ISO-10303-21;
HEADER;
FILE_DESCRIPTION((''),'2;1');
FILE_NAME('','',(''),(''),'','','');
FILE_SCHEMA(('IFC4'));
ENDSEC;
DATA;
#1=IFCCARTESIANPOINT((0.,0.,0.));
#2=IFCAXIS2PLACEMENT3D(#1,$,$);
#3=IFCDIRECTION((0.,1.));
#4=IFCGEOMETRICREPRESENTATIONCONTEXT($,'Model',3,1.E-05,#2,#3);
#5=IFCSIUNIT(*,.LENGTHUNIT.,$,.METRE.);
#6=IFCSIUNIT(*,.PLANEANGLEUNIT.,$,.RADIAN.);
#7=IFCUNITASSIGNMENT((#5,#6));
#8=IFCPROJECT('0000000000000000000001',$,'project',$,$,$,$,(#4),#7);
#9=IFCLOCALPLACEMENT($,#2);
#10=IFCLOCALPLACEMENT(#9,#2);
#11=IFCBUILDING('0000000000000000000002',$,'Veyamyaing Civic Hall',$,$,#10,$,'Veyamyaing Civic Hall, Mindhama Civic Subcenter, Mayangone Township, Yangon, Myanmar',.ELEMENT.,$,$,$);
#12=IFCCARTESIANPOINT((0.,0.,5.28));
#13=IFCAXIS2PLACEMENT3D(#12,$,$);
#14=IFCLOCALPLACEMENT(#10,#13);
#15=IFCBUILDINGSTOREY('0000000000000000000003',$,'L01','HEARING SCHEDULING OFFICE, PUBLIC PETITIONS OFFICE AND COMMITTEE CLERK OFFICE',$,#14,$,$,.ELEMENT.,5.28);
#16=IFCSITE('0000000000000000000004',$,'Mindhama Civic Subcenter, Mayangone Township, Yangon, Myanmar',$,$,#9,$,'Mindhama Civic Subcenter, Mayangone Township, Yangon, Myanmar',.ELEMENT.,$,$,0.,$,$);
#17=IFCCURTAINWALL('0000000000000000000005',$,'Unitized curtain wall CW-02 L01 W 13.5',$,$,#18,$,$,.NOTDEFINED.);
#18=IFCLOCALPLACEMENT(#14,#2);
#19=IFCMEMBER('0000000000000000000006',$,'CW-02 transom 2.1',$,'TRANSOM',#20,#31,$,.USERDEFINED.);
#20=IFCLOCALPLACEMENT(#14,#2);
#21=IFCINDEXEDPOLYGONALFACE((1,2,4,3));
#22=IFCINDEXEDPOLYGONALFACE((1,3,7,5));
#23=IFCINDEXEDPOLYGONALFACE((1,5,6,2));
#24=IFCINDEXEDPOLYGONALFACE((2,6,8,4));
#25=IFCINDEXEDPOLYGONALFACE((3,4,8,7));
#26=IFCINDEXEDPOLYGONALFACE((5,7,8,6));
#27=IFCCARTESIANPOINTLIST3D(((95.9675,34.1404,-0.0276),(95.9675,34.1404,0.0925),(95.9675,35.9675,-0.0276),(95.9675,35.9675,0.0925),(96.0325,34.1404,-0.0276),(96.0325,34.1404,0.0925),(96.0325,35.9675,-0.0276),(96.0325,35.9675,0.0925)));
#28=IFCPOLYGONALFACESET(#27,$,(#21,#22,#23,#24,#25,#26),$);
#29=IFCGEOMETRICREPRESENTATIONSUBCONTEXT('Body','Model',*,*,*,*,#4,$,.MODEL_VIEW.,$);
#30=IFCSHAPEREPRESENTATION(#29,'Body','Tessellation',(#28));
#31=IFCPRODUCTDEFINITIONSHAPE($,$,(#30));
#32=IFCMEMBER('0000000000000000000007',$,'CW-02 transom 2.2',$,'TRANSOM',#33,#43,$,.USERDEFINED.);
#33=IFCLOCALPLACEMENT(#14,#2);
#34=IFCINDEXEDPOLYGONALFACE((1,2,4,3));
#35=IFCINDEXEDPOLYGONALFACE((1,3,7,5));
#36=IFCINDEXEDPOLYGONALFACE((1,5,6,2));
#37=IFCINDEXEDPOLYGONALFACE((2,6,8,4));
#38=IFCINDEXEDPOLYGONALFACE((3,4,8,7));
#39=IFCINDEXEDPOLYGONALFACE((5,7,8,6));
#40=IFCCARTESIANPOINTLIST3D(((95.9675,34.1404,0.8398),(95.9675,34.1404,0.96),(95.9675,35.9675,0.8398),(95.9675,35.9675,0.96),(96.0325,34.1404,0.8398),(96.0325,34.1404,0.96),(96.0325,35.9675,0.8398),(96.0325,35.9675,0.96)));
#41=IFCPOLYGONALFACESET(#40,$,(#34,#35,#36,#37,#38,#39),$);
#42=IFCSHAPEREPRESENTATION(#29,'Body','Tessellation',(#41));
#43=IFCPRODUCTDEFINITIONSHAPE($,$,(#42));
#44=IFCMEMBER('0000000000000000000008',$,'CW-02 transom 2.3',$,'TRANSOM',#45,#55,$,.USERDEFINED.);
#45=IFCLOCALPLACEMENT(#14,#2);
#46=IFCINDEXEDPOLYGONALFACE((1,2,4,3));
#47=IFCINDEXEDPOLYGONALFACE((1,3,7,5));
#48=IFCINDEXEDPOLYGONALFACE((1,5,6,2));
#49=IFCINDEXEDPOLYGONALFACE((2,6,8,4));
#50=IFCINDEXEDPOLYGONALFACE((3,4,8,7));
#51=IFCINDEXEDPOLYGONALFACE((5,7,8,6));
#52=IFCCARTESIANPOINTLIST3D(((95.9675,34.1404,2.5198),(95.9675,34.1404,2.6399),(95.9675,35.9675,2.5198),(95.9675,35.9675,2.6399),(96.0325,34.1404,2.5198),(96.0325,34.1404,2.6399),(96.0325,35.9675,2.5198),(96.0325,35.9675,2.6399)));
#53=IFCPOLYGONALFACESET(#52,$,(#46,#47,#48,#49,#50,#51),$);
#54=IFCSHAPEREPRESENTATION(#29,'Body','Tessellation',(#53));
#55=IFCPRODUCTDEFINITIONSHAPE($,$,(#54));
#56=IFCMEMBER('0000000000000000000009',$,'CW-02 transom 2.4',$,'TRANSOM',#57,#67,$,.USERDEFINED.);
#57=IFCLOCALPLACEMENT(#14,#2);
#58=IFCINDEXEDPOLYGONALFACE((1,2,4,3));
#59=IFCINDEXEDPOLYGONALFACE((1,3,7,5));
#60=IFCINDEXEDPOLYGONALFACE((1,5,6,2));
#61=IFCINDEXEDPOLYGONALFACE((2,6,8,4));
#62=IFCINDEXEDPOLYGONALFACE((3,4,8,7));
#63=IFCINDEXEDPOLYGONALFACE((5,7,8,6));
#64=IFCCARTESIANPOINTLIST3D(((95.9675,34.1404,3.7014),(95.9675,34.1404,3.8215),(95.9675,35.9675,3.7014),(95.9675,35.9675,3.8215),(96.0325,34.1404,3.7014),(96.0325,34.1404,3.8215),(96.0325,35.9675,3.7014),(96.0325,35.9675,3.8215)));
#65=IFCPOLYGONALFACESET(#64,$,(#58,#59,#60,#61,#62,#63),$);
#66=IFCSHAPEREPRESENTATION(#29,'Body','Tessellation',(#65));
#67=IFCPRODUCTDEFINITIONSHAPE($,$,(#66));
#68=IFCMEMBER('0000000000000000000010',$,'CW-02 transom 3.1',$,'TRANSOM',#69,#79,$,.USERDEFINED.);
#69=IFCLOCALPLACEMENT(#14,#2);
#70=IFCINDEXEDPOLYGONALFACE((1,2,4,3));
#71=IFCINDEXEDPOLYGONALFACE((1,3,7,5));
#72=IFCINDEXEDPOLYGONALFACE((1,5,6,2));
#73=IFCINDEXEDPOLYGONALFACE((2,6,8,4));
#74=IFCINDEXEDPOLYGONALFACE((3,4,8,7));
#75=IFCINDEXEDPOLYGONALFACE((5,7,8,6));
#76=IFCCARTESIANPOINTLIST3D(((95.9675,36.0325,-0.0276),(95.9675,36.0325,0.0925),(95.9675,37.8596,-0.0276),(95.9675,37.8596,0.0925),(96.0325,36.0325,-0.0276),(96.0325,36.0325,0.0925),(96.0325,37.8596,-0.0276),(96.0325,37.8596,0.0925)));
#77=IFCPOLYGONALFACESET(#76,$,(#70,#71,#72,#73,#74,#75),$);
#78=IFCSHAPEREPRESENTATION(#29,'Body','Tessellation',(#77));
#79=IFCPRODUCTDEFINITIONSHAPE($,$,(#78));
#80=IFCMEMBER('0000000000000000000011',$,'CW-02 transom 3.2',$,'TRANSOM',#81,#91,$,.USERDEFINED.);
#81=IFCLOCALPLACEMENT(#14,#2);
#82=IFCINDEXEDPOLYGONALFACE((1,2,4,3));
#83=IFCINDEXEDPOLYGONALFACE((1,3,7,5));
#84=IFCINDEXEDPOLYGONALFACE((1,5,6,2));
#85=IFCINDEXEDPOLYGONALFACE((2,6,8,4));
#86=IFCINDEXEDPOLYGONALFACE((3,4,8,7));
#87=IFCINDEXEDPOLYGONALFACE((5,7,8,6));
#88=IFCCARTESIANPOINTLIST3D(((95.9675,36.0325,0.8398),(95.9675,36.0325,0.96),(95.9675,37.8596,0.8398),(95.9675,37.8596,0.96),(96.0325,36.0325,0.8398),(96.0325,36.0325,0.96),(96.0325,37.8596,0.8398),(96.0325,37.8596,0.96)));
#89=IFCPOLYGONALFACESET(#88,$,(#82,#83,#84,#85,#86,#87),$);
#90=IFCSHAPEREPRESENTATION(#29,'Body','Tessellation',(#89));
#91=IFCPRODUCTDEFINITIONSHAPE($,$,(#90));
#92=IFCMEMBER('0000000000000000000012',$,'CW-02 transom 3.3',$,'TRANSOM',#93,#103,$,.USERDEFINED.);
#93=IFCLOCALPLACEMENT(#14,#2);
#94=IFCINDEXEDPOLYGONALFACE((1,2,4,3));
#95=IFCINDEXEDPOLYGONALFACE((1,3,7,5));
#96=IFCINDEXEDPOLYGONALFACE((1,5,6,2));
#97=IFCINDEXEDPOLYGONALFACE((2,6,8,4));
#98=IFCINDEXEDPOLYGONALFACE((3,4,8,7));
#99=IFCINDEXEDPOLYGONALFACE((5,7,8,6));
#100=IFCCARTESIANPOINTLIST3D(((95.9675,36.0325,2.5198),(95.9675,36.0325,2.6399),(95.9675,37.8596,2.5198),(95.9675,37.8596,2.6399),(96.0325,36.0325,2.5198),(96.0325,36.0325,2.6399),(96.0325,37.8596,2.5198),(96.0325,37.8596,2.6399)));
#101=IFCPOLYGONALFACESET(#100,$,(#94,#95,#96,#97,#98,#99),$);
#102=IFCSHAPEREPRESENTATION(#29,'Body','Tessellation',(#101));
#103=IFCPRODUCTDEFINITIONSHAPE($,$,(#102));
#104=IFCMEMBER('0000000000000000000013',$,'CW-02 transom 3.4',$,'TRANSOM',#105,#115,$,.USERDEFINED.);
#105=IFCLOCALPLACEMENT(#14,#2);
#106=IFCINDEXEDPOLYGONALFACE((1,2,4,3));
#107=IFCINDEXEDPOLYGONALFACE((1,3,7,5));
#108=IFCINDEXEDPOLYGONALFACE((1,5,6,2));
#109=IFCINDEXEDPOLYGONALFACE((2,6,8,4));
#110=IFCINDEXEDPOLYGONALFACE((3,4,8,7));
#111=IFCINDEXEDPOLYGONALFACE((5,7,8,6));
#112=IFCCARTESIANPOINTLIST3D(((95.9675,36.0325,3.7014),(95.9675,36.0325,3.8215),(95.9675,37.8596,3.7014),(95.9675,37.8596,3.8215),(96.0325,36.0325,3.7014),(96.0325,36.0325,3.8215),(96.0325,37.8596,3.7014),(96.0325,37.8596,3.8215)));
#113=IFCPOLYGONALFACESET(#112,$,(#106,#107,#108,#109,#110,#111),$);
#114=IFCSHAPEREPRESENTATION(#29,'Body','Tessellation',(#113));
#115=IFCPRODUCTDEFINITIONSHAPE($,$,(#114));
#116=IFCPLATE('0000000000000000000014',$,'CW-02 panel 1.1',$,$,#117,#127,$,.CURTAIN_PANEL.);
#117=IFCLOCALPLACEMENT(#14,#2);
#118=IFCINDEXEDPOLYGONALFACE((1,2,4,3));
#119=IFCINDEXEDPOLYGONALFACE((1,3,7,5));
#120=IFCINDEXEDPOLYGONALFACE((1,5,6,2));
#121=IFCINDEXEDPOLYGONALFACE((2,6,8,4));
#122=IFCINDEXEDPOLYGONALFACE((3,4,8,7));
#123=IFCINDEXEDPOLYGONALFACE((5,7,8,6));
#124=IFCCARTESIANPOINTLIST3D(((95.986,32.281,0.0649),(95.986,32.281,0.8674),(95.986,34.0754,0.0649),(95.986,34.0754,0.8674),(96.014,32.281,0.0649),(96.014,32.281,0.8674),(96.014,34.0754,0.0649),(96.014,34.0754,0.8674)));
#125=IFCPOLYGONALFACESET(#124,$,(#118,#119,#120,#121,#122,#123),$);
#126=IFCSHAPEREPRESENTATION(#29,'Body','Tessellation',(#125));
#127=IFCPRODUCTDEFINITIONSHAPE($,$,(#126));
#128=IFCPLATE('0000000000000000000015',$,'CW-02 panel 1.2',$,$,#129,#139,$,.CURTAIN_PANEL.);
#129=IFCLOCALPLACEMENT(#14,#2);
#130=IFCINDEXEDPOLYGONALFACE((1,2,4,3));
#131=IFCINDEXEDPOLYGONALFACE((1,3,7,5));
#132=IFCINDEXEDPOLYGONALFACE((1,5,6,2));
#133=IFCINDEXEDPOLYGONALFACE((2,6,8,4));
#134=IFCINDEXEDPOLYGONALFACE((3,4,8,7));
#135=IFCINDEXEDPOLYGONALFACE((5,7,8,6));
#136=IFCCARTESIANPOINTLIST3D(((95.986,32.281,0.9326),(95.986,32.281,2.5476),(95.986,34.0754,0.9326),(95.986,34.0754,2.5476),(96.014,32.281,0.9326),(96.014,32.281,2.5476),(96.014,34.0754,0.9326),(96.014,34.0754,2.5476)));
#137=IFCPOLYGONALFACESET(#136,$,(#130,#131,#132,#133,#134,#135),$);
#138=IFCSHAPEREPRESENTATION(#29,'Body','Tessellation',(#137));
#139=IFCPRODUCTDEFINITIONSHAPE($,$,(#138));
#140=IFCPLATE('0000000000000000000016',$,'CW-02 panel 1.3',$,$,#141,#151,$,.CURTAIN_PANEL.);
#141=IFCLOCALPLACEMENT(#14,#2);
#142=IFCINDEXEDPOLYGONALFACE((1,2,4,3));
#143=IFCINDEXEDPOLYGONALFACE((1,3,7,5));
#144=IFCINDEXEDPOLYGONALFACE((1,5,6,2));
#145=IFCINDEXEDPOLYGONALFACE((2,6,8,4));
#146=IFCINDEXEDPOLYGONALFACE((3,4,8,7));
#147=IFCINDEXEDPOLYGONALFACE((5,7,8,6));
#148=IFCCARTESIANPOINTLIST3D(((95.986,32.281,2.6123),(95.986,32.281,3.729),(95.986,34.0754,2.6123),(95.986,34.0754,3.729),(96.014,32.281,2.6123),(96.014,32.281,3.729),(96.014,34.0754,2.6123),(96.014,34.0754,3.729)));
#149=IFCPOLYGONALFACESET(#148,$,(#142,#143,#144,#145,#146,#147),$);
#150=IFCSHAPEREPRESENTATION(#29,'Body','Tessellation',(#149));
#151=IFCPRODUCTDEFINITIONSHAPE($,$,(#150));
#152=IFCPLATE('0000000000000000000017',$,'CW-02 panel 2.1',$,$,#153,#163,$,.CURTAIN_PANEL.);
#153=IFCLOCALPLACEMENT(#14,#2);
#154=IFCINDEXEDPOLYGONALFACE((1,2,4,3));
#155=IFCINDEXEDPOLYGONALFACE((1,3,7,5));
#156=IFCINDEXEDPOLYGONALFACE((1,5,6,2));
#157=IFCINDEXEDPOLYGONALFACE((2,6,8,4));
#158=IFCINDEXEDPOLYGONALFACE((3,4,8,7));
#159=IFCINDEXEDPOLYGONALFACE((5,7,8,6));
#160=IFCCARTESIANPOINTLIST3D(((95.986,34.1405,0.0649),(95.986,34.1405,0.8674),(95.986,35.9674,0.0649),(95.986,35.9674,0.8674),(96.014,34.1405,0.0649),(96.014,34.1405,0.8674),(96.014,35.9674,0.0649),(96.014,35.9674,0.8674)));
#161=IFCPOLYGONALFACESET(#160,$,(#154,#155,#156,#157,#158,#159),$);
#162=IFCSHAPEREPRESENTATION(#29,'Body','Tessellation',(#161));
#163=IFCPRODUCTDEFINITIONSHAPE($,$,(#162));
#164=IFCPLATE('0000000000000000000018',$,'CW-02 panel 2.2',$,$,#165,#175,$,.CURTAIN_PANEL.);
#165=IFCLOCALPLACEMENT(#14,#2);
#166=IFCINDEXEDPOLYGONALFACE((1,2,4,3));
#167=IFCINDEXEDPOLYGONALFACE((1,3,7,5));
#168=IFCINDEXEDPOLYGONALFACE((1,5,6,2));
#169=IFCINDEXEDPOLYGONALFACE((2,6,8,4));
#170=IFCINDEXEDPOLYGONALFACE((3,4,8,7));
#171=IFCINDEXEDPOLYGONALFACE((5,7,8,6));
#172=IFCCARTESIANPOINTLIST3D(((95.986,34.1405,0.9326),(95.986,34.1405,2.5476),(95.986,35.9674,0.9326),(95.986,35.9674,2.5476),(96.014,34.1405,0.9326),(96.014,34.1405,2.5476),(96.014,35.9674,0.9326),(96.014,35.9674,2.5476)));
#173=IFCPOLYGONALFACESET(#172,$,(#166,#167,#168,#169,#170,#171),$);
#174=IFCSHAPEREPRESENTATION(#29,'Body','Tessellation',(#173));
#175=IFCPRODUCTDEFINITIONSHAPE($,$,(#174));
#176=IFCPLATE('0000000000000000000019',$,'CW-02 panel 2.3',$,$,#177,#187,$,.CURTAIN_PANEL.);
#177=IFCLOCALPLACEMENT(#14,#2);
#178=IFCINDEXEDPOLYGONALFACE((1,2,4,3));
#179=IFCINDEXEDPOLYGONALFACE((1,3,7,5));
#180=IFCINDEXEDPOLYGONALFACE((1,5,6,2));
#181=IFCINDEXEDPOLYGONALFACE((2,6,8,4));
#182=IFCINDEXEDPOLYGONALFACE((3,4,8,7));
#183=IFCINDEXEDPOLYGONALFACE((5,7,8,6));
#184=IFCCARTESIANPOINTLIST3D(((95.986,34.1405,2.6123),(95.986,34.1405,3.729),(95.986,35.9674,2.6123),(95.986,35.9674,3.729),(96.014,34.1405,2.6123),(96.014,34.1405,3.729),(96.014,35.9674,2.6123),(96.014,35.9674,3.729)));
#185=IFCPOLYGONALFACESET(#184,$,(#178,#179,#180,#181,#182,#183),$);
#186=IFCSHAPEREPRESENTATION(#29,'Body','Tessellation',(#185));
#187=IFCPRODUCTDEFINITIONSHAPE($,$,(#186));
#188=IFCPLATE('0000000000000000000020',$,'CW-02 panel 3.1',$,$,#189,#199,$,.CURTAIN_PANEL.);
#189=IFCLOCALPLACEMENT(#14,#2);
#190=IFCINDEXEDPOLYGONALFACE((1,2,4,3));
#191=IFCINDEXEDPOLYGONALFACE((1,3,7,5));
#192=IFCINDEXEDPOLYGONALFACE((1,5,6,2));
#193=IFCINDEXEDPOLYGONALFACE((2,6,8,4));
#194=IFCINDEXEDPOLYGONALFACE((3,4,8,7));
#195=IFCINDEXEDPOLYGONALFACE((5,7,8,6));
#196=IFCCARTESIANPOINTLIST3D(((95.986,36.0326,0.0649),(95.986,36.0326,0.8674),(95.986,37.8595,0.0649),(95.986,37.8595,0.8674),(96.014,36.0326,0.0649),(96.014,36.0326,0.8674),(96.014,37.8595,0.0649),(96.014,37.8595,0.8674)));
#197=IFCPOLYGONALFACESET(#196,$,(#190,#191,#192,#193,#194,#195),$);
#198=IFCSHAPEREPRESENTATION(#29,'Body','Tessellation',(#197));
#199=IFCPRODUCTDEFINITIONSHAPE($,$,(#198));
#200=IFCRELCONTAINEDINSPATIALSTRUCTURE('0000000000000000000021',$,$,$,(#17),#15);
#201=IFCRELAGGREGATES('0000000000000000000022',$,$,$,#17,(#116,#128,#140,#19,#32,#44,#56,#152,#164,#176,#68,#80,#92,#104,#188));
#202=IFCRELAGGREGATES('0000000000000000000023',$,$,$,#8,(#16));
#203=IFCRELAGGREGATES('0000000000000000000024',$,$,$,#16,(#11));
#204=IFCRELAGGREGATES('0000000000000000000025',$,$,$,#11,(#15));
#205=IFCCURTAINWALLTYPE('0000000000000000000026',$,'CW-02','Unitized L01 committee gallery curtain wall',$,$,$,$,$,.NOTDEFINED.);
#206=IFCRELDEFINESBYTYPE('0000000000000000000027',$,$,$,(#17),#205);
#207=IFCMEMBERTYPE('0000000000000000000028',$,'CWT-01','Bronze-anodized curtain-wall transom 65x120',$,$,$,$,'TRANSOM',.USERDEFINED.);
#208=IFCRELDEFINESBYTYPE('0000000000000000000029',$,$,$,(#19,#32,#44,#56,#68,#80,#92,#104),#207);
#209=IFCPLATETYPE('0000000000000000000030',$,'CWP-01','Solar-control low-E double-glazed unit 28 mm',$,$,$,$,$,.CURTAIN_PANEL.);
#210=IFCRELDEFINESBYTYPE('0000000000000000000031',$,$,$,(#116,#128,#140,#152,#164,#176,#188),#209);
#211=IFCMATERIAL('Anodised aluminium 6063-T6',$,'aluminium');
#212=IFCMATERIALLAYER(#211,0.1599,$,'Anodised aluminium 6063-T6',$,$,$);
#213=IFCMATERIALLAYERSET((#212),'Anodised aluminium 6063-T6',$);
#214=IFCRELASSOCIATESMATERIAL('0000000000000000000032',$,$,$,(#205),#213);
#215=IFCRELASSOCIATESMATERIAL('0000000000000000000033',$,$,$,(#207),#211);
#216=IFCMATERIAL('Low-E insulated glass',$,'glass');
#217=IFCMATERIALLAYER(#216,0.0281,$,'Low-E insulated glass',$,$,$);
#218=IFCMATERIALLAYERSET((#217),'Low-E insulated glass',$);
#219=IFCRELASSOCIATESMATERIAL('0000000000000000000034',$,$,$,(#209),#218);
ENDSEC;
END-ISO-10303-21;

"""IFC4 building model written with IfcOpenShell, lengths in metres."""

from ifc_helpers import new_model, si_unit, direction, frame, origin, origin_2d, place, context, subcontext, project, spatial, rectangle, extrude, material, layer, layer_set, material_profile, profile_set, type_object, element, aggregate, save


model = new_model("IFC4")

# Units and contexts
model_context = context("Model", 3, precision=1e-05, world=origin(), true_north=direction((0.0, 1.0)))
body_context = subcontext(model_context, "Body", "Model", "MODEL_VIEW")
ifc_project = project(units=[si_unit("LENGTHUNIT", "METRE"), si_unit("PLANEANGLEUNIT", "RADIAN")], contexts=[model_context])

# Site, building, storey
site_placement = place(None, origin())
site = spatial("IfcSite", under=ifc_project, at=site_placement, Name="Mindhama Civic Subcenter, Mayangone Township, Yangon, Myanmar", LongName="Mindhama Civic Subcenter, Mayangone Township, Yangon, Myanmar", CompositionType="ELEMENT", RefElevation=0.0)
building_placement = place(site_placement, origin())
building = spatial("IfcBuilding", under=site, at=building_placement, Name="Veyamyaing Civic Hall", LongName="Veyamyaing Civic Hall, Mindhama Civic Subcenter, Mayangone Township, Yangon, Myanmar", CompositionType="ELEMENT")
storey_placement = place(building_placement, frame((0.0, 0.0, 5.28)))
storey = spatial("IfcBuildingStorey", under=building, at=storey_placement, Name="L01", Description="HEARING SCHEDULING OFFICE, PUBLIC PETITIONS OFFICE AND COMMITTEE CLERK OFFICE", CompositionType="ELEMENT", Elevation=5.28)

# Curtain wall, members, plates
ifc_material_1 = material(Name="Anodised aluminium 6063-T6", Category="aluminium")
ifc_layer_1 = layer(ifc_material_1, 0.1599, Name="Anodised aluminium 6063-T6")
ifc_layer_set_1 = layer_set([ifc_layer_1], Name="Anodised aluminium 6063-T6")
curtain_wall_type = type_object("IfcCurtainWallType", Name="CW-02", Description="Unitized L01 committee gallery curtain wall", PredefinedType="NOTDEFINED", material=ifc_layer_set_1)
curtain_wall_placement = place(storey_placement, origin())
curtain_wall = element("IfcCurtainWall", 1, at=curtain_wall_placement, inside=storey, type_object=curtain_wall_type, Name="Unitized curtain wall CW-02 L01 W 13.5", PredefinedType="NOTDEFINED")
ifc_material_profile_1 = material_profile(ifc_material_1, rectangle(XDim=0.0649, YDim=0.1201, at=origin_2d()), Name="ALU-TRN-65X120")
ifc_profile_set_1 = profile_set([ifc_material_profile_1], Name="Anodised aluminium 6063-T6")
member_type_1 = type_object("IfcMemberType", Name="CWT-01", Description="Bronze-anodized curtain-wall transom 65x120", ElementType="TRANSOM", PredefinedType="USERDEFINED", material=ifc_profile_set_1)
member_1_placement = place(storey_placement, frame((96.0, 34.1404, 0.0325), z_axis=(0.0, 1.0, 0.0), x_axis=(-1.0, 0.0, 0.0)))
member_1 = element("IfcMember", 2, at=member_1_placement, type_object=member_type_1, Name="CW-02 transom 2.1", ObjectType="TRANSOM", PredefinedType="USERDEFINED", context=body_context, shape_type="SweptSolid", body=[
    extrude(rectangle(XDim=0.0649, YDim=0.1201, at=origin_2d()), origin(), (0.0, 0.0, 1.0), 1.8271),
])
member_2_placement = place(storey_placement, frame((96.0, 34.1404, 0.8999), z_axis=(0.0, 1.0, 0.0), x_axis=(-1.0, 0.0, 0.0)))
member_2 = element("IfcMember", 3, at=member_2_placement, type_object=member_type_1, Name="CW-02 transom 2.2", ObjectType="TRANSOM", PredefinedType="USERDEFINED", context=body_context, shape_type="SweptSolid", body=[
    extrude(rectangle(XDim=0.0649, YDim=0.1201, at=origin_2d()), origin(), (0.0, 0.0, 1.0), 1.8271),
])
member_3_placement = place(storey_placement, frame((96.0, 34.1404, 2.5798), z_axis=(0.0, 1.0, 0.0), x_axis=(-1.0, 0.0, 0.0)))
member_3 = element("IfcMember", 4, at=member_3_placement, type_object=member_type_1, Name="CW-02 transom 2.3", ObjectType="TRANSOM", PredefinedType="USERDEFINED", context=body_context, shape_type="SweptSolid", body=[
    extrude(rectangle(XDim=0.0649, YDim=0.1201, at=origin_2d()), origin(), (0.0, 0.0, 1.0), 1.8271),
])
member_4_placement = place(storey_placement, frame((96.0, 34.1404, 3.7615), z_axis=(0.0, 1.0, 0.0), x_axis=(-1.0, 0.0, 0.0)))
member_4 = element("IfcMember", 5, at=member_4_placement, type_object=member_type_1, Name="CW-02 transom 2.4", ObjectType="TRANSOM", PredefinedType="USERDEFINED", context=body_context, shape_type="SweptSolid", body=[
    extrude(rectangle(XDim=0.0649, YDim=0.1201, at=origin_2d()), origin(), (0.0, 0.0, 1.0), 1.8271),
])
member_5_placement = place(storey_placement, frame((96.0, 36.0325, 0.0325), z_axis=(0.0, 1.0, 0.0), x_axis=(-1.0, 0.0, 0.0)))
member_5 = element("IfcMember", 6, at=member_5_placement, type_object=member_type_1, Name="CW-02 transom 3.1", ObjectType="TRANSOM", PredefinedType="USERDEFINED", context=body_context, shape_type="SweptSolid", body=[
    extrude(rectangle(XDim=0.0649, YDim=0.1201, at=origin_2d()), origin(), (0.0, 0.0, 1.0), 1.8271),
])
member_6_placement = place(storey_placement, frame((96.0, 36.0325, 0.8999), z_axis=(0.0, 1.0, 0.0), x_axis=(-1.0, 0.0, 0.0)))
member_6 = element("IfcMember", 7, at=member_6_placement, type_object=member_type_1, Name="CW-02 transom 3.2", ObjectType="TRANSOM", PredefinedType="USERDEFINED", context=body_context, shape_type="SweptSolid", body=[
    extrude(rectangle(XDim=0.0649, YDim=0.1201, at=origin_2d()), origin(), (0.0, 0.0, 1.0), 1.8271),
])
member_7_placement = place(storey_placement, frame((96.0, 36.0325, 2.5798), z_axis=(0.0, 1.0, 0.0), x_axis=(-1.0, 0.0, 0.0)))
member_7 = element("IfcMember", 8, at=member_7_placement, type_object=member_type_1, Name="CW-02 transom 3.3", ObjectType="TRANSOM", PredefinedType="USERDEFINED", context=body_context, shape_type="SweptSolid", body=[
    extrude(rectangle(XDim=0.0649, YDim=0.1201, at=origin_2d()), origin(), (0.0, 0.0, 1.0), 1.8271),
])
member_8_placement = place(storey_placement, frame((96.0, 36.0325, 3.7615), z_axis=(0.0, 1.0, 0.0), x_axis=(-1.0, 0.0, 0.0)))
member_8 = element("IfcMember", 9, at=member_8_placement, type_object=member_type_1, Name="CW-02 transom 3.4", ObjectType="TRANSOM", PredefinedType="USERDEFINED", context=body_context, shape_type="SweptSolid", body=[
    extrude(rectangle(XDim=0.0649, YDim=0.1201, at=origin_2d()), origin(), (0.0, 0.0, 1.0), 1.8271),
])
ifc_material_2 = material(Name="Low-E insulated glass", Category="glass")
ifc_layer_2 = layer(ifc_material_2, 0.0281, Name="Low-E insulated glass")
ifc_layer_set_2 = layer_set([ifc_layer_2], Name="Low-E insulated glass")
plate_type = type_object("IfcPlateType", Name="CWP-01", Description="Solar-control low-E double-glazed unit 28 mm", PredefinedType="CURTAIN_PANEL", material=ifc_layer_set_2)
plate_1_placement = place(storey_placement, frame((96.0, 33.1782, 0.0649), z_axis=(0.0, 0.0, 1.0), x_axis=(0.0, 1.0, 0.0)))
plate_1 = element("IfcPlate", 10, at=plate_1_placement, type_object=plate_type, Name="CW-02 panel 1.1", PredefinedType="CURTAIN_PANEL", context=body_context, shape_type="SweptSolid", body=[
    extrude(rectangle(XDim=1.7944, YDim=0.0281, at=origin_2d()), origin(), (0.0, 0.0, 1.0), 0.8025),
])
plate_2_placement = place(storey_placement, frame((96.0, 33.1782, 0.9326), z_axis=(0.0, 0.0, 1.0), x_axis=(0.0, 1.0, 0.0)))
plate_2 = element("IfcPlate", 11, at=plate_2_placement, type_object=plate_type, Name="CW-02 panel 1.2", PredefinedType="CURTAIN_PANEL", context=body_context, shape_type="SweptSolid", body=[
    extrude(rectangle(XDim=1.7944, YDim=0.0281, at=origin_2d()), origin(), (0.0, 0.0, 1.0), 1.615),
])
plate_3_placement = place(storey_placement, frame((96.0, 33.1782, 2.6123), z_axis=(0.0, 0.0, 1.0), x_axis=(0.0, 1.0, 0.0)))
plate_3 = element("IfcPlate", 12, at=plate_3_placement, type_object=plate_type, Name="CW-02 panel 1.3", PredefinedType="CURTAIN_PANEL", context=body_context, shape_type="SweptSolid", body=[
    extrude(rectangle(XDim=1.7944, YDim=0.0281, at=origin_2d()), origin(), (0.0, 0.0, 1.0), 1.1167),
])
plate_4_placement = place(storey_placement, frame((96.0, 35.054, 0.0649), z_axis=(0.0, 0.0, 1.0), x_axis=(0.0, 1.0, 0.0)))
plate_4 = element("IfcPlate", 13, at=plate_4_placement, type_object=plate_type, Name="CW-02 panel 2.1", PredefinedType="CURTAIN_PANEL", context=body_context, shape_type="SweptSolid", body=[
    extrude(rectangle(XDim=1.8269, YDim=0.0281, at=origin_2d()), origin(), (0.0, 0.0, 1.0), 0.8025),
])
plate_5_placement = place(storey_placement, frame((96.0, 35.054, 0.9326), z_axis=(0.0, 0.0, 1.0), x_axis=(0.0, 1.0, 0.0)))
plate_5 = element("IfcPlate", 14, at=plate_5_placement, type_object=plate_type, Name="CW-02 panel 2.2", PredefinedType="CURTAIN_PANEL", context=body_context, shape_type="SweptSolid", body=[
    extrude(rectangle(XDim=1.8269, YDim=0.0281, at=origin_2d()), origin(), (0.0, 0.0, 1.0), 1.615),
])
plate_6_placement = place(storey_placement, frame((96.0, 35.054, 2.6123), z_axis=(0.0, 0.0, 1.0), x_axis=(0.0, 1.0, 0.0)))
plate_6 = element("IfcPlate", 15, at=plate_6_placement, type_object=plate_type, Name="CW-02 panel 2.3", PredefinedType="CURTAIN_PANEL", context=body_context, shape_type="SweptSolid", body=[
    extrude(rectangle(XDim=1.8269, YDim=0.0281, at=origin_2d()), origin(), (0.0, 0.0, 1.0), 1.1167),
])
plate_7_placement = place(storey_placement, frame((96.0, 36.946, 0.0649), z_axis=(0.0, 0.0, 1.0), x_axis=(0.0, 1.0, 0.0)))
plate_7 = element("IfcPlate", 16, at=plate_7_placement, type_object=plate_type, Name="CW-02 panel 3.1", PredefinedType="CURTAIN_PANEL", context=body_context, shape_type="SweptSolid", body=[
    extrude(rectangle(XDim=1.8269, YDim=0.0281, at=origin_2d()), origin(), (0.0, 0.0, 1.0), 0.8025),
])
aggregate(curtain_wall, [plate_1, plate_2, plate_3, member_1, member_2, member_3, member_4, plate_4, plate_5, plate_6, member_5, member_6, member_7, member_8, plate_7])

save(model, "model.ifc")
